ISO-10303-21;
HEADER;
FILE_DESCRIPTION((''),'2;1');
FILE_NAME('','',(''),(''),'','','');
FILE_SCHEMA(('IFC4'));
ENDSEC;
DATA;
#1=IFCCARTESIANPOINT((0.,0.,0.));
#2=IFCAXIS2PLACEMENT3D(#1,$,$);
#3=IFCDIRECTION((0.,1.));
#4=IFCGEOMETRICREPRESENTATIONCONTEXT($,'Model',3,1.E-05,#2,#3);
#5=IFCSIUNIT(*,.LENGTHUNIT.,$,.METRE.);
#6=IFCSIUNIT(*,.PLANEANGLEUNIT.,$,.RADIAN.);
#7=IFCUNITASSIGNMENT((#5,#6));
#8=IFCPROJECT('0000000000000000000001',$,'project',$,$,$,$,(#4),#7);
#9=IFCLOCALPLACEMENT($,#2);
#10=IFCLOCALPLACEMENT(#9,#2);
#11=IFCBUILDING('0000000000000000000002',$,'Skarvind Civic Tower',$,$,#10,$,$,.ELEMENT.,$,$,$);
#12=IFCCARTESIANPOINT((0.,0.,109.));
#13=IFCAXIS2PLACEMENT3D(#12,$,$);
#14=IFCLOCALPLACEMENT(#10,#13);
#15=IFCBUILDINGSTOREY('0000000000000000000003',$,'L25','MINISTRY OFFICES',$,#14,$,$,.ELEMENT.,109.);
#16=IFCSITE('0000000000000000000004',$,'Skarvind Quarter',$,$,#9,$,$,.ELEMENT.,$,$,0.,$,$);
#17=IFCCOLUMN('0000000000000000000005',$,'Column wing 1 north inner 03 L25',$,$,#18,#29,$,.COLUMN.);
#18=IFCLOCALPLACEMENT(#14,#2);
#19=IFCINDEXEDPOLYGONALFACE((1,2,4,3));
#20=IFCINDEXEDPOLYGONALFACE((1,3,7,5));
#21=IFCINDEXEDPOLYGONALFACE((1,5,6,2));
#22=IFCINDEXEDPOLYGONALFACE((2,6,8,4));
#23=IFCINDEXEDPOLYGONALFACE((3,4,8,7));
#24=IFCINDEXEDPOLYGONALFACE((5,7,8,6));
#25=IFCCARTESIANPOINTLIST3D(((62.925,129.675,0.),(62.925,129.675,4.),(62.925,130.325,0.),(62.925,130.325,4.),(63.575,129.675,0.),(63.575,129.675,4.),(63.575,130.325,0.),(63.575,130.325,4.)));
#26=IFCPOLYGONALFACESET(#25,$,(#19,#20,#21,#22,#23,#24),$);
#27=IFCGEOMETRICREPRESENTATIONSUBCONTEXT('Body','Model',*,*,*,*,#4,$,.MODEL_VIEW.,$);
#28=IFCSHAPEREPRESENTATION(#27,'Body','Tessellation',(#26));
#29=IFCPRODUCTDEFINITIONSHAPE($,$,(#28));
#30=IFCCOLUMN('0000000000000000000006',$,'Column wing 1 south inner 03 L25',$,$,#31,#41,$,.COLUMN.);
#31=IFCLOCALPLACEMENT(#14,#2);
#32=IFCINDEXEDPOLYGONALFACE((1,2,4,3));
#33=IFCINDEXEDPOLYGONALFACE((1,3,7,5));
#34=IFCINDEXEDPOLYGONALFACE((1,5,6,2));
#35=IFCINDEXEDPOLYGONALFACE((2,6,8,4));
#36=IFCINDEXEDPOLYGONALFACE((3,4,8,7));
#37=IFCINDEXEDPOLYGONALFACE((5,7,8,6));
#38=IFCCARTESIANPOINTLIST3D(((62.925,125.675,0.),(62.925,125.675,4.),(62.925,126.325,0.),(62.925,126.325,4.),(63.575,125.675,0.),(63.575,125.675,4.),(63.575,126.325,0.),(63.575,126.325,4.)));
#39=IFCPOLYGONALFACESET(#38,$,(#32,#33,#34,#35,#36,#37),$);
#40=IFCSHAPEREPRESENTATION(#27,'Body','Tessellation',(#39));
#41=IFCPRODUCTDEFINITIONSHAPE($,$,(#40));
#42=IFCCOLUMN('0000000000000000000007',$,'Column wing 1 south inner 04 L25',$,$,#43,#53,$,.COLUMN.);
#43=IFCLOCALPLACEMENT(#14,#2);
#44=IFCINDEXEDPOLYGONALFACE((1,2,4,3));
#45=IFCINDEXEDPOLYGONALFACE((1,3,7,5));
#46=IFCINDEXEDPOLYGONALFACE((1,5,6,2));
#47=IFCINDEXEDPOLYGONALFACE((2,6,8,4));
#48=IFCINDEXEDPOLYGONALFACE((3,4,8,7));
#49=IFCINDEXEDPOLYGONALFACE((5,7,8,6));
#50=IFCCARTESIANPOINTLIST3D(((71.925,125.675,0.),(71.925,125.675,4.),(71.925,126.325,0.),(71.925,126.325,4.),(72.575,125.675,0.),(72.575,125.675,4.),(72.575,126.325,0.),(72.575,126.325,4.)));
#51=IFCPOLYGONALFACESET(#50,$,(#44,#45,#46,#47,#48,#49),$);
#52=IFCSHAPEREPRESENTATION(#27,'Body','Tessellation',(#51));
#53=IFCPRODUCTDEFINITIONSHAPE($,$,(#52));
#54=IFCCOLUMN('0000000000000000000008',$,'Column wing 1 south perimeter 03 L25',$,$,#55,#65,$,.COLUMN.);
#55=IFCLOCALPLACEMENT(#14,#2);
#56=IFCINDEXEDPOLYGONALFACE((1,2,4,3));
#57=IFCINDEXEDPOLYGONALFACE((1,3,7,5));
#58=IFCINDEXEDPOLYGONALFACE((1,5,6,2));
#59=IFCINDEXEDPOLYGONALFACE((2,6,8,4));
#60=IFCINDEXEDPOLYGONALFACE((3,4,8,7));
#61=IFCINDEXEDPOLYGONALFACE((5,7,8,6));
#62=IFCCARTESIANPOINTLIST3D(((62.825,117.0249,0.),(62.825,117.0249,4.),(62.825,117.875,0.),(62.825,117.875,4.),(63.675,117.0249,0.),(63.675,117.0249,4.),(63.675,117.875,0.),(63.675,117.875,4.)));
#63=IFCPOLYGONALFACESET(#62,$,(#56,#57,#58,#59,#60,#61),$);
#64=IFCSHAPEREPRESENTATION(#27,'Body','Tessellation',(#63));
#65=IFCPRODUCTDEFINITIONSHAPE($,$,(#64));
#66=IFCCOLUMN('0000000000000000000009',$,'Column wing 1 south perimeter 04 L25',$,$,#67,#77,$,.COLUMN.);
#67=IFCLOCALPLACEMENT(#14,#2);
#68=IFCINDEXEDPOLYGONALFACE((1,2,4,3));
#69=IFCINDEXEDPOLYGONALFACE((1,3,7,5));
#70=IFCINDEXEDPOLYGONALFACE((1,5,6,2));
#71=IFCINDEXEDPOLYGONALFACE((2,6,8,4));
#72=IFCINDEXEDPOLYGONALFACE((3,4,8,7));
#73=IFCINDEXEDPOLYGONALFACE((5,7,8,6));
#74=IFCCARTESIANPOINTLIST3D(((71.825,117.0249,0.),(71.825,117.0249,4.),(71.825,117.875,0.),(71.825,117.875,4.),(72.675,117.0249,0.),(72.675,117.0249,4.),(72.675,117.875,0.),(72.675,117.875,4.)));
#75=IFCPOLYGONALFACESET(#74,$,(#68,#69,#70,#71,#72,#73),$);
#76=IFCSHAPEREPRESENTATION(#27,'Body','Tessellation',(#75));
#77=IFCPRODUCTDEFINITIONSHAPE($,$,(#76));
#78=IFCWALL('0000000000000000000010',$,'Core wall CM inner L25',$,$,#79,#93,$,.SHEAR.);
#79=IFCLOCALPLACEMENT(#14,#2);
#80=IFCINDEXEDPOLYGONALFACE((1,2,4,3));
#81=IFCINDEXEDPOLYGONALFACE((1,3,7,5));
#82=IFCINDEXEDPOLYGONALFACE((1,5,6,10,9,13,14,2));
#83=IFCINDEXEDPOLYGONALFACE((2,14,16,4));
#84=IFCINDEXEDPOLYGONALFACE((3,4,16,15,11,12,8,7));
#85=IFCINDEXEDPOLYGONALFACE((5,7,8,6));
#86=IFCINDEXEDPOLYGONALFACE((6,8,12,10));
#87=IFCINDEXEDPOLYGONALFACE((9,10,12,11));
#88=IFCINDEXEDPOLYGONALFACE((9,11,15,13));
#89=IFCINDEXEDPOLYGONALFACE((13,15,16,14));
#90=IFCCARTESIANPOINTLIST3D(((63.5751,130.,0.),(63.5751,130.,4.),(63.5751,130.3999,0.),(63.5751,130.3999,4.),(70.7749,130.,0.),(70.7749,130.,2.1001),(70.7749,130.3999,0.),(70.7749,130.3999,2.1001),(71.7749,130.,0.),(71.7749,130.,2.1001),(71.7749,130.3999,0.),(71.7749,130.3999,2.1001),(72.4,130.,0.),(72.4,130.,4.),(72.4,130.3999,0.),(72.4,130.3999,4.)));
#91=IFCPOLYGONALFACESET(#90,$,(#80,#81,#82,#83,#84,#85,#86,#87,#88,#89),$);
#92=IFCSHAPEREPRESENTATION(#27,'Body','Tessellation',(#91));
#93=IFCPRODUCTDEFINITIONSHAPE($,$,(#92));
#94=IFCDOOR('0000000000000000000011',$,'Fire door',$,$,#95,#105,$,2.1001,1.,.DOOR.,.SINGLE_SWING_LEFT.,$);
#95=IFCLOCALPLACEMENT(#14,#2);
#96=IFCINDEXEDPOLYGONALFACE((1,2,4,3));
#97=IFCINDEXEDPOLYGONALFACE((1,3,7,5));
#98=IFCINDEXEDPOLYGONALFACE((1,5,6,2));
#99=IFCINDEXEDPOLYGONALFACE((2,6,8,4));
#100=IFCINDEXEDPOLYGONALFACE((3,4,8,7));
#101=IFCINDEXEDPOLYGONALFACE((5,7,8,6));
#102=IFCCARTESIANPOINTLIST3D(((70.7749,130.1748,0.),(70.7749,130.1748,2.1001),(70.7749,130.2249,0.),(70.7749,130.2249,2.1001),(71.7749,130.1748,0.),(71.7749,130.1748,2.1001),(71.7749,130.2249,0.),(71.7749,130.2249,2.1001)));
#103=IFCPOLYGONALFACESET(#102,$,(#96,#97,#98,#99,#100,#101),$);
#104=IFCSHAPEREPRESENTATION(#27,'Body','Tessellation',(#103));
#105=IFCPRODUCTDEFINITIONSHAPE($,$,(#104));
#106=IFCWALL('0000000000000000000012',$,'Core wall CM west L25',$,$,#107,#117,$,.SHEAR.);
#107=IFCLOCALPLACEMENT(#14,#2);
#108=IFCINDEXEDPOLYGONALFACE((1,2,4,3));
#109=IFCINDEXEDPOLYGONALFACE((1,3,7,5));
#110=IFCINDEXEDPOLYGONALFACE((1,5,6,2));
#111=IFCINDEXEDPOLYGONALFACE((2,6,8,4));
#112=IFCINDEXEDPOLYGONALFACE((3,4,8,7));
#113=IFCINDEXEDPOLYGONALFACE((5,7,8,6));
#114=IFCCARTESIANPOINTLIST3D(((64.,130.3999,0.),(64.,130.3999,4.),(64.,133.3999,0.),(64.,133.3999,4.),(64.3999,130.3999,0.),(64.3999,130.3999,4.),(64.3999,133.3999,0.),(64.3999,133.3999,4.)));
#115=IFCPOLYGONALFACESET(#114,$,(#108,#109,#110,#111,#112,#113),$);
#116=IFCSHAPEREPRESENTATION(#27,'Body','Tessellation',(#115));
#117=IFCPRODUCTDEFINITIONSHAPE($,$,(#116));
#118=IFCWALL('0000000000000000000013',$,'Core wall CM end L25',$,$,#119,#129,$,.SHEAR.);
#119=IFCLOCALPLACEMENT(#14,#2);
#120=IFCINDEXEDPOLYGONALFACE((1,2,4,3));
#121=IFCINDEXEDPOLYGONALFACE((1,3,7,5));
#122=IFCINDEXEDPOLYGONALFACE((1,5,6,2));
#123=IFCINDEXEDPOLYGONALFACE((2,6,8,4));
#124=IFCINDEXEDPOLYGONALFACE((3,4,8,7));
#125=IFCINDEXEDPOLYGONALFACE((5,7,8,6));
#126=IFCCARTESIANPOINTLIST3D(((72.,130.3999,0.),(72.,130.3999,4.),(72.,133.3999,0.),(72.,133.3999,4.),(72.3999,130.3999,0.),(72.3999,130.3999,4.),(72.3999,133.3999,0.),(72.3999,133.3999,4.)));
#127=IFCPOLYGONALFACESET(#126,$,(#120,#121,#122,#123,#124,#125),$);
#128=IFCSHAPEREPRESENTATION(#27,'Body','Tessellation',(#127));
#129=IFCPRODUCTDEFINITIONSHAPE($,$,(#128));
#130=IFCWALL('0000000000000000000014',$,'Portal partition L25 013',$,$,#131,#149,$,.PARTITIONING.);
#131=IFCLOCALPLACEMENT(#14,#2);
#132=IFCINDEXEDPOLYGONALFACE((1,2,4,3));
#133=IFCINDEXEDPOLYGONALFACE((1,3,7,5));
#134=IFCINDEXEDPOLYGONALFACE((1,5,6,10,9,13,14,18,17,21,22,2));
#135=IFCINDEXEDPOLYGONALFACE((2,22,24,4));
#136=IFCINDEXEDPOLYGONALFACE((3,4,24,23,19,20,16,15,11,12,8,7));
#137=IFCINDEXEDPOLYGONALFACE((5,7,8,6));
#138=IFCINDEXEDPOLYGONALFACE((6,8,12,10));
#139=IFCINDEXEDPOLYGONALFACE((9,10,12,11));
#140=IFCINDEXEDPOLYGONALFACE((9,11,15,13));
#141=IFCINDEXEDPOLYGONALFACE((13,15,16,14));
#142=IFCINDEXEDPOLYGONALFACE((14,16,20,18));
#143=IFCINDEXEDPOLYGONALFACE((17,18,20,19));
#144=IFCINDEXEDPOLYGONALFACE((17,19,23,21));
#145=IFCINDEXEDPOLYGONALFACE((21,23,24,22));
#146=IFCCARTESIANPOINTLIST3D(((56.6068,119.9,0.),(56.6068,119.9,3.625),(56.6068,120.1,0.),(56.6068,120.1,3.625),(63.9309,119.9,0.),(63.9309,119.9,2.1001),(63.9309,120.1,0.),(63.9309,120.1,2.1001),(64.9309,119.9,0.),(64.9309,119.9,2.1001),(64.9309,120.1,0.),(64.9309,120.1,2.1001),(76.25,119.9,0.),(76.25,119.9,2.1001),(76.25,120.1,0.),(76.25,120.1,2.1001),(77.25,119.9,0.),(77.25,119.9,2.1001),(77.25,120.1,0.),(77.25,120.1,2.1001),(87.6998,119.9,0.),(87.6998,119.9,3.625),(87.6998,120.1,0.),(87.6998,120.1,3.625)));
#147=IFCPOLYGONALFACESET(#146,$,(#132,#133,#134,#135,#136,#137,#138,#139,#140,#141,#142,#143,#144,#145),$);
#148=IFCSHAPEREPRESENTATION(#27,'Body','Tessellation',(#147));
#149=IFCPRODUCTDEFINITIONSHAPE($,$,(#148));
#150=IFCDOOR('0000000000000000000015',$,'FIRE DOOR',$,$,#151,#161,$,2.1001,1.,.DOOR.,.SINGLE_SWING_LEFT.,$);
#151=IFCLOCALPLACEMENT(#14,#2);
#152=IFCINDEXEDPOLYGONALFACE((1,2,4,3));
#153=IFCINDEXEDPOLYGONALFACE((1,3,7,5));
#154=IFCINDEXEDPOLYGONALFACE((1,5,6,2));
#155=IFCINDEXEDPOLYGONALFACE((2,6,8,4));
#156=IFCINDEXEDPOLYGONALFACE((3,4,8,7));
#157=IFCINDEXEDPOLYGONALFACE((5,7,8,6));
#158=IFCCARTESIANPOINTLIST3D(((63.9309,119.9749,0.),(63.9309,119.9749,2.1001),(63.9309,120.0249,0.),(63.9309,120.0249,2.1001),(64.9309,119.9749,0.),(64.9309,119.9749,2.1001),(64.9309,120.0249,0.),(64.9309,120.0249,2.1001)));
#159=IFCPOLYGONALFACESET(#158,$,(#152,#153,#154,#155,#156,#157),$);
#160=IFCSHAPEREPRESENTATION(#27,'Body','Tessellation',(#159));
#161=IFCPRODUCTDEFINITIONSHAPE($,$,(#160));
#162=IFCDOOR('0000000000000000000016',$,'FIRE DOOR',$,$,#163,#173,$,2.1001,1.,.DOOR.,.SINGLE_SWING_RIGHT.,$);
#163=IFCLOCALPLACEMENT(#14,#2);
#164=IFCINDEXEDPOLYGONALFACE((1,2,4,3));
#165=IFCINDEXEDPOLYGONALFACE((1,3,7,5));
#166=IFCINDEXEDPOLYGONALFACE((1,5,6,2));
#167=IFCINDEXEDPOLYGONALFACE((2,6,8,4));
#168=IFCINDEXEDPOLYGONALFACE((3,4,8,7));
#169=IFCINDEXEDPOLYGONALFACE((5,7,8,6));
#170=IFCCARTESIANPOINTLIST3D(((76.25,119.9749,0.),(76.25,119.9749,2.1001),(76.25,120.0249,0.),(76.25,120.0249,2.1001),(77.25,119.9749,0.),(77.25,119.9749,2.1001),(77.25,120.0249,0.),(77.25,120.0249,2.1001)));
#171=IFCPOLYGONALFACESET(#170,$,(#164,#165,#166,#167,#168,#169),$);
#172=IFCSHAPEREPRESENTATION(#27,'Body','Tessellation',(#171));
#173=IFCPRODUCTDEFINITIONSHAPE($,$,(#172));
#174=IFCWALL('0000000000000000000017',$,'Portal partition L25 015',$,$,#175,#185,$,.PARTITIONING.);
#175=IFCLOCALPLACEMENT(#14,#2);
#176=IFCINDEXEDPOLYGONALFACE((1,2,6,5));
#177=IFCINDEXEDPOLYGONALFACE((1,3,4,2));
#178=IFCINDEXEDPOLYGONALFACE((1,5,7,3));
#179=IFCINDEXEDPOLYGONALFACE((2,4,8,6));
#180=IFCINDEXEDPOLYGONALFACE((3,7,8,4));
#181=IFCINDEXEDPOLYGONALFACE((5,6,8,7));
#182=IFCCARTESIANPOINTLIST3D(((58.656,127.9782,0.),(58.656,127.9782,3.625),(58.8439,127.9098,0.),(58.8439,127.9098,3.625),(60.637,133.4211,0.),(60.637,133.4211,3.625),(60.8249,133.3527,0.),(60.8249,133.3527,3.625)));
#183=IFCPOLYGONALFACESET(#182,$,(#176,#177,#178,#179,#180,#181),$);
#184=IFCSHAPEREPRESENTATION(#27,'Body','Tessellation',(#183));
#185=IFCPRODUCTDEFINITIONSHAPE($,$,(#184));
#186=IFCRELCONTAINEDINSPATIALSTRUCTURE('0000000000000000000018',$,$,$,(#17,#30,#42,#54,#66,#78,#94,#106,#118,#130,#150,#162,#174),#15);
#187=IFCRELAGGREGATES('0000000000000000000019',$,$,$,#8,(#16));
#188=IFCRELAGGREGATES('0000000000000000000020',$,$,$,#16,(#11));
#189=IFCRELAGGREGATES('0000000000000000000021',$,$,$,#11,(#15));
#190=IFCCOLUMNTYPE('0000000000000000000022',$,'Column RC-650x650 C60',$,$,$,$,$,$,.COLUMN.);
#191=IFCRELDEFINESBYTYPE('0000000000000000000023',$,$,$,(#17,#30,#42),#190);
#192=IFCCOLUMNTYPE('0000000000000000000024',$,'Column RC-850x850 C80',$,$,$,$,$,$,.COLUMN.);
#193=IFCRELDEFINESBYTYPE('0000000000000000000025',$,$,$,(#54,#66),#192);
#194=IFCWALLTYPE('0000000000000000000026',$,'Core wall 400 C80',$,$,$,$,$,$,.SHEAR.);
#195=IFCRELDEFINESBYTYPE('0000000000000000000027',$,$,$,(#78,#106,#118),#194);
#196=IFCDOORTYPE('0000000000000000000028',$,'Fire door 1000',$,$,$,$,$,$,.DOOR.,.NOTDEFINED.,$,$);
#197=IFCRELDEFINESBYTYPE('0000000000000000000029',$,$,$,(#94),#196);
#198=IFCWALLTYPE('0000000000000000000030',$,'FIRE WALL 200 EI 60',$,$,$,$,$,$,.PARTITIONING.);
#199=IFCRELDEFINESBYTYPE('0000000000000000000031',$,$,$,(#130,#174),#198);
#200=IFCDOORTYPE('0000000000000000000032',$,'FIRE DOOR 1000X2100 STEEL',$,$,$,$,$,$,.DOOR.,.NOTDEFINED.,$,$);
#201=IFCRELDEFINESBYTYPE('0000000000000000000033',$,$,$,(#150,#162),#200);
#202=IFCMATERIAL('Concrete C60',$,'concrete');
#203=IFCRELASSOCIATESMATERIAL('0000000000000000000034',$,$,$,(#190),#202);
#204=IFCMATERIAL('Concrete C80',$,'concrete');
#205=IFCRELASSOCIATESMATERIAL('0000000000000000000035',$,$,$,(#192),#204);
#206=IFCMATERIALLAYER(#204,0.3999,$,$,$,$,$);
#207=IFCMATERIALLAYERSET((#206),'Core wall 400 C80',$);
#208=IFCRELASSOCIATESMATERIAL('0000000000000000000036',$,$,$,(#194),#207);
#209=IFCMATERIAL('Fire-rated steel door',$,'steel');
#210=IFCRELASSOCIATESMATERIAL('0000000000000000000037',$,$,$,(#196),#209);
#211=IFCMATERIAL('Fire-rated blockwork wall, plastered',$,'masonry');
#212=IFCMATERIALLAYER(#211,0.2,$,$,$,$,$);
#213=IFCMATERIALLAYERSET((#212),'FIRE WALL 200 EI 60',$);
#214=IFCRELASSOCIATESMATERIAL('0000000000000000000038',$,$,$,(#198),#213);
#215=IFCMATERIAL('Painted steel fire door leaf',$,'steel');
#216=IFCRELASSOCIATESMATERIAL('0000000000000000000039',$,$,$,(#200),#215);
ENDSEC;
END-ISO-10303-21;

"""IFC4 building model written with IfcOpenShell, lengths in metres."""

from ifc_helpers import new_model, si_unit, direction, frame, frame_2d, origin, origin_2d, place, context, subcontext, project, spatial, rectangle, extrude, material, layer, layer_set, material_profile, profile_set, type_object, element, fill, save


model = new_model("IFC4")

# Units and contexts
model_context = context("Model", 3, precision=1e-05, world=origin(), true_north=direction((0.0, 1.0)))
body_context = subcontext(model_context, "Body", "Model", "MODEL_VIEW")
ifc_project = project(units=[si_unit("LENGTHUNIT", "METRE"), si_unit("PLANEANGLEUNIT", "RADIAN")], contexts=[model_context])

# Site, building, storey
site_placement = place(None, origin())
site = spatial("IfcSite", under=ifc_project, at=site_placement, Name="Skarvind Quarter", CompositionType="ELEMENT", RefElevation=0.0)
building_placement = place(site_placement, origin())
building = spatial("IfcBuilding", under=site, at=building_placement, Name="Skarvind Civic Tower", CompositionType="ELEMENT")
storey_placement = place(building_placement, frame((0.0, 0.0, 109.0)))
storey = spatial("IfcBuildingStorey", under=building, at=storey_placement, Name="L25", Description="MINISTRY OFFICES", CompositionType="ELEMENT", Elevation=109.0)

# Columns
ifc_material_1 = material(Name="Concrete C60", Category="concrete")
ifc_material_profile_1 = material_profile(ifc_material_1, rectangle(XDim=0.6499, YDim=0.6499, at=origin_2d()), Name="RC-650x650")
ifc_profile_set_1 = profile_set([ifc_material_profile_1], Name="Concrete C60")
column_type_1 = type_object("IfcColumnType", Name="Column RC-650x650 C60", PredefinedType="COLUMN", material=ifc_profile_set_1)
for number, where, z_axis, x_axis, name in (
    (1, (63.25, 130.0, 0.0), (0.0, 0.0, 1.0), (1.0, 0.0, 0.0), "Column wing 1 north inner 03 L25"),
    (2, (63.25, 126.0, 0.0), (0.0, 0.0, 1.0), (1.0, 0.0, 0.0), "Column wing 1 south inner 03 L25"),
    (3, (72.25, 126.0, 0.0), (0.0, 0.0, 1.0), (1.0, 0.0, 0.0), "Column wing 1 south inner 04 L25"),
):
    element("IfcColumn", number, at=place(storey_placement, frame(where, z_axis=z_axis, x_axis=x_axis)), inside=storey, type_object=column_type_1, Name=name, PredefinedType="COLUMN", context=body_context, shape_type="SweptSolid", body=[
        extrude(rectangle(XDim=0.6499, YDim=0.6499, at=origin_2d()), origin(), (0.0, 0.0, 1.0), 4.0),
    ])
ifc_material_2 = material(Name="Concrete C80", Category="concrete")
ifc_material_profile_2 = material_profile(ifc_material_2, rectangle(XDim=0.8501, YDim=0.8501, at=origin_2d()), Name="RC-850x850")
ifc_profile_set_2 = profile_set([ifc_material_profile_2], Name="Concrete C80")
column_type_2 = type_object("IfcColumnType", Name="Column RC-850x850 C80", PredefinedType="COLUMN", material=ifc_profile_set_2)
for number, where, z_axis, x_axis, name in (
    (4, (63.25, 117.45, 0.0), (0.0, 0.0, 1.0), (1.0, 0.0, 0.0), "Column wing 1 south perimeter 03 L25"),
    (5, (72.25, 117.45, 0.0), (0.0, 0.0, 1.0), (1.0, 0.0, 0.0), "Column wing 1 south perimeter 04 L25"),
):
    element("IfcColumn", number, at=place(storey_placement, frame(where, z_axis=z_axis, x_axis=x_axis)), inside=storey, type_object=column_type_2, Name=name, PredefinedType="COLUMN", context=body_context, shape_type="SweptSolid", body=[
        extrude(rectangle(XDim=0.8501, YDim=0.8501, at=origin_2d()), origin(), (0.0, 0.0, 1.0), 4.0),
    ])

# Wall, opening, door
ifc_layer_1 = layer(ifc_material_2, 0.3999)
ifc_layer_set_1 = layer_set([ifc_layer_1], Name="Core wall 400 C80")
wall_type_1 = type_object("IfcWallType", Name="Core wall 400 C80", PredefinedType="SHEAR", material=ifc_layer_set_1)
wall_1_placement = place(storey_placement, frame((63.575, 130.2, 0.0), z_axis=(0.0, 0.0, 1.0), x_axis=(1.0, 0.0, 0.0)))
wall_1 = element("IfcWall", 6, at=wall_1_placement, inside=storey, type_object=wall_type_1, Name="Core wall CM inner L25", PredefinedType="SHEAR", context=body_context, shape_type="SweptSolid", body=[
    extrude(rectangle(XDim=8.825, YDim=0.3999, at=frame_2d((4.4126, 0.0))), origin(), (0.0, 0.0, 1.0), 4.0),
])
opening_1_placement = place(wall_1_placement, frame((7.2, 0.0, 0.0)))
opening_1 = element("IfcOpeningElement", 7, at=opening_1_placement, cuts=wall_1, PredefinedType="OPENING", context=body_context, shape_type="SweptSolid", body=[
    extrude(rectangle(XDim=1.0, YDim=2.1001, at=frame_2d((0.5, 1.05))), frame((0.0, 0.21, 0.0), z_axis=(0.0, -1.0, 0.0), x_axis=(1.0, 0.0, 0.0)), (0.0, 0.0, 1.0), 0.4199),
])
ifc_material_3 = material(Name="Fire-rated steel door", Category="steel")
door_type_1 = type_object("IfcDoorType", Name="Fire door 1000", OperationType="NOTDEFINED", PredefinedType="DOOR", material=ifc_material_3)
door_1_placement = place(opening_1_placement, origin())
door_1 = element("IfcDoor", 8, at=door_1_placement, inside=storey, type_object=door_type_1, Name="Fire door", OperationType="SINGLE_SWING_LEFT", OverallHeight=2.1001, OverallWidth=1.0, PredefinedType="DOOR", context=body_context, shape_type="SweptSolid", body=[
    extrude(rectangle(XDim=1.0, YDim=2.1001, at=frame_2d((0.5, 1.05))), frame((0.0, 0.0249, 0.0), z_axis=(0.0, -1.0, 0.0), x_axis=(1.0, 0.0, 0.0)), (0.0, 0.0, 1.0), 0.05),
])
fill(opening_1, door_1)

# Walls
for number, where, z_axis, x_axis, name in (
    (9, (64.2, 130.3999, 0.0), (0.0, 0.0, 1.0), (0.0, 1.0, 0.0), "Core wall CM west L25"),
    (10, (72.2, 130.3999, 0.0), (0.0, 0.0, 1.0), (0.0, 1.0, 0.0), "Core wall CM end L25"),
):
    element("IfcWall", number, at=place(storey_placement, frame(where, z_axis=z_axis, x_axis=x_axis)), inside=storey, type_object=wall_type_1, Name=name, PredefinedType="SHEAR", context=body_context, shape_type="SweptSolid", body=[
        extrude(rectangle(XDim=3.0, YDim=0.3999, at=frame_2d((1.5, 0.0))), origin(), (0.0, 0.0, 1.0), 4.0),
    ])

# Wall, openings, doors
ifc_material_4 = material(Name="Fire-rated blockwork wall, plastered", Category="masonry")
ifc_layer_2 = layer(ifc_material_4, 0.2)
ifc_layer_set_2 = layer_set([ifc_layer_2], Name="FIRE WALL 200 EI 60")
wall_type_2 = type_object("IfcWallType", Name="FIRE WALL 200 EI 60", PredefinedType="PARTITIONING", material=ifc_layer_set_2)
wall_2_placement = place(storey_placement, frame((56.6069, 120.0, 0.0), z_axis=(0.0, 0.0, 1.0), x_axis=(1.0, 0.0, 0.0)))
wall_2 = element("IfcWall", 11, at=wall_2_placement, inside=storey, type_object=wall_type_2, Name="Portal partition L25 013", PredefinedType="PARTITIONING", context=body_context, shape_type="SweptSolid", body=[
    extrude(rectangle(XDim=31.093, YDim=0.2, at=frame_2d((15.5464, 0.0))), origin(), (0.0, 0.0, 1.0), 3.625),
])
opening_2_placement = place(wall_2_placement, frame((7.324, 0.0, 0.0)))
opening_2 = element("IfcOpeningElement", 12, at=opening_2_placement, cuts=wall_2, PredefinedType="OPENING", context=body_context, shape_type="SweptSolid", body=[
    extrude(rectangle(XDim=1.0, YDim=2.1001, at=frame_2d((0.5, 1.05))), frame((0.0, 0.1099, 0.0), z_axis=(0.0, -1.0, 0.0), x_axis=(1.0, 0.0, 0.0)), (0.0, 0.0, 1.0), 0.22),
])
opening_3_placement = place(wall_2_placement, frame((19.6431, 0.0, 0.0)))
opening_3 = element("IfcOpeningElement", 13, at=opening_3_placement, cuts=wall_2, PredefinedType="OPENING", context=body_context, shape_type="SweptSolid", body=[
    extrude(rectangle(XDim=1.0, YDim=2.1001, at=frame_2d((0.5, 1.05))), frame((0.0, 0.1099, 0.0), z_axis=(0.0, -1.0, 0.0), x_axis=(1.0, 0.0, 0.0)), (0.0, 0.0, 1.0), 0.22),
])
ifc_material_5 = material(Name="Painted steel fire door leaf", Category="steel")
door_type_2 = type_object("IfcDoorType", Name="FIRE DOOR 1000X2100 STEEL", OperationType="NOTDEFINED", PredefinedType="DOOR", material=ifc_material_5)
door_2_placement = place(opening_2_placement, origin())
door_2 = element("IfcDoor", 14, at=door_2_placement, inside=storey, type_object=door_type_2, Name="FIRE DOOR", OperationType="SINGLE_SWING_LEFT", OverallHeight=2.1001, OverallWidth=1.0, PredefinedType="DOOR", context=body_context, shape_type="SweptSolid", body=[
    extrude(rectangle(XDim=1.0, YDim=2.1001, at=frame_2d((0.5, 1.05))), frame((0.0, 0.0249, 0.0), z_axis=(0.0, -1.0, 0.0), x_axis=(1.0, 0.0, 0.0)), (0.0, 0.0, 1.0), 0.05),
])
fill(opening_2, door_2)
door_3_placement = place(opening_3_placement, origin())
door_3 = element("IfcDoor", 15, at=door_3_placement, inside=storey, type_object=door_type_2, Name="FIRE DOOR", OperationType="SINGLE_SWING_RIGHT", OverallHeight=2.1001, OverallWidth=1.0, PredefinedType="DOOR", context=body_context, shape_type="SweptSolid", body=[
    extrude(rectangle(XDim=1.0, YDim=2.1001, at=frame_2d((0.5, 1.05))), frame((0.0, 0.0249, 0.0), z_axis=(0.0, -1.0, 0.0), x_axis=(1.0, 0.0, 0.0)), (0.0, 0.0, 1.0), 0.05),
])
fill(opening_3, door_3)

# Wall
wall_3_placement = place(storey_placement, frame((58.75, 127.9441, 0.0), z_axis=(0.0, 0.0, 1.0), x_axis=(0.342007, 0.939697, 0.0)))
element("IfcWall", 16, at=wall_3_placement, inside=storey, type_object=wall_type_2, Name="Portal partition L25 015", PredefinedType="PARTITIONING", context=body_context, shape_type="SweptSolid", body=[
    extrude(rectangle(XDim=5.7922, YDim=0.2, at=frame_2d((2.896, 0.0))), origin(), (0.0, 0.0, 1.0), 3.625),
])

save(model, "model.ifc")
